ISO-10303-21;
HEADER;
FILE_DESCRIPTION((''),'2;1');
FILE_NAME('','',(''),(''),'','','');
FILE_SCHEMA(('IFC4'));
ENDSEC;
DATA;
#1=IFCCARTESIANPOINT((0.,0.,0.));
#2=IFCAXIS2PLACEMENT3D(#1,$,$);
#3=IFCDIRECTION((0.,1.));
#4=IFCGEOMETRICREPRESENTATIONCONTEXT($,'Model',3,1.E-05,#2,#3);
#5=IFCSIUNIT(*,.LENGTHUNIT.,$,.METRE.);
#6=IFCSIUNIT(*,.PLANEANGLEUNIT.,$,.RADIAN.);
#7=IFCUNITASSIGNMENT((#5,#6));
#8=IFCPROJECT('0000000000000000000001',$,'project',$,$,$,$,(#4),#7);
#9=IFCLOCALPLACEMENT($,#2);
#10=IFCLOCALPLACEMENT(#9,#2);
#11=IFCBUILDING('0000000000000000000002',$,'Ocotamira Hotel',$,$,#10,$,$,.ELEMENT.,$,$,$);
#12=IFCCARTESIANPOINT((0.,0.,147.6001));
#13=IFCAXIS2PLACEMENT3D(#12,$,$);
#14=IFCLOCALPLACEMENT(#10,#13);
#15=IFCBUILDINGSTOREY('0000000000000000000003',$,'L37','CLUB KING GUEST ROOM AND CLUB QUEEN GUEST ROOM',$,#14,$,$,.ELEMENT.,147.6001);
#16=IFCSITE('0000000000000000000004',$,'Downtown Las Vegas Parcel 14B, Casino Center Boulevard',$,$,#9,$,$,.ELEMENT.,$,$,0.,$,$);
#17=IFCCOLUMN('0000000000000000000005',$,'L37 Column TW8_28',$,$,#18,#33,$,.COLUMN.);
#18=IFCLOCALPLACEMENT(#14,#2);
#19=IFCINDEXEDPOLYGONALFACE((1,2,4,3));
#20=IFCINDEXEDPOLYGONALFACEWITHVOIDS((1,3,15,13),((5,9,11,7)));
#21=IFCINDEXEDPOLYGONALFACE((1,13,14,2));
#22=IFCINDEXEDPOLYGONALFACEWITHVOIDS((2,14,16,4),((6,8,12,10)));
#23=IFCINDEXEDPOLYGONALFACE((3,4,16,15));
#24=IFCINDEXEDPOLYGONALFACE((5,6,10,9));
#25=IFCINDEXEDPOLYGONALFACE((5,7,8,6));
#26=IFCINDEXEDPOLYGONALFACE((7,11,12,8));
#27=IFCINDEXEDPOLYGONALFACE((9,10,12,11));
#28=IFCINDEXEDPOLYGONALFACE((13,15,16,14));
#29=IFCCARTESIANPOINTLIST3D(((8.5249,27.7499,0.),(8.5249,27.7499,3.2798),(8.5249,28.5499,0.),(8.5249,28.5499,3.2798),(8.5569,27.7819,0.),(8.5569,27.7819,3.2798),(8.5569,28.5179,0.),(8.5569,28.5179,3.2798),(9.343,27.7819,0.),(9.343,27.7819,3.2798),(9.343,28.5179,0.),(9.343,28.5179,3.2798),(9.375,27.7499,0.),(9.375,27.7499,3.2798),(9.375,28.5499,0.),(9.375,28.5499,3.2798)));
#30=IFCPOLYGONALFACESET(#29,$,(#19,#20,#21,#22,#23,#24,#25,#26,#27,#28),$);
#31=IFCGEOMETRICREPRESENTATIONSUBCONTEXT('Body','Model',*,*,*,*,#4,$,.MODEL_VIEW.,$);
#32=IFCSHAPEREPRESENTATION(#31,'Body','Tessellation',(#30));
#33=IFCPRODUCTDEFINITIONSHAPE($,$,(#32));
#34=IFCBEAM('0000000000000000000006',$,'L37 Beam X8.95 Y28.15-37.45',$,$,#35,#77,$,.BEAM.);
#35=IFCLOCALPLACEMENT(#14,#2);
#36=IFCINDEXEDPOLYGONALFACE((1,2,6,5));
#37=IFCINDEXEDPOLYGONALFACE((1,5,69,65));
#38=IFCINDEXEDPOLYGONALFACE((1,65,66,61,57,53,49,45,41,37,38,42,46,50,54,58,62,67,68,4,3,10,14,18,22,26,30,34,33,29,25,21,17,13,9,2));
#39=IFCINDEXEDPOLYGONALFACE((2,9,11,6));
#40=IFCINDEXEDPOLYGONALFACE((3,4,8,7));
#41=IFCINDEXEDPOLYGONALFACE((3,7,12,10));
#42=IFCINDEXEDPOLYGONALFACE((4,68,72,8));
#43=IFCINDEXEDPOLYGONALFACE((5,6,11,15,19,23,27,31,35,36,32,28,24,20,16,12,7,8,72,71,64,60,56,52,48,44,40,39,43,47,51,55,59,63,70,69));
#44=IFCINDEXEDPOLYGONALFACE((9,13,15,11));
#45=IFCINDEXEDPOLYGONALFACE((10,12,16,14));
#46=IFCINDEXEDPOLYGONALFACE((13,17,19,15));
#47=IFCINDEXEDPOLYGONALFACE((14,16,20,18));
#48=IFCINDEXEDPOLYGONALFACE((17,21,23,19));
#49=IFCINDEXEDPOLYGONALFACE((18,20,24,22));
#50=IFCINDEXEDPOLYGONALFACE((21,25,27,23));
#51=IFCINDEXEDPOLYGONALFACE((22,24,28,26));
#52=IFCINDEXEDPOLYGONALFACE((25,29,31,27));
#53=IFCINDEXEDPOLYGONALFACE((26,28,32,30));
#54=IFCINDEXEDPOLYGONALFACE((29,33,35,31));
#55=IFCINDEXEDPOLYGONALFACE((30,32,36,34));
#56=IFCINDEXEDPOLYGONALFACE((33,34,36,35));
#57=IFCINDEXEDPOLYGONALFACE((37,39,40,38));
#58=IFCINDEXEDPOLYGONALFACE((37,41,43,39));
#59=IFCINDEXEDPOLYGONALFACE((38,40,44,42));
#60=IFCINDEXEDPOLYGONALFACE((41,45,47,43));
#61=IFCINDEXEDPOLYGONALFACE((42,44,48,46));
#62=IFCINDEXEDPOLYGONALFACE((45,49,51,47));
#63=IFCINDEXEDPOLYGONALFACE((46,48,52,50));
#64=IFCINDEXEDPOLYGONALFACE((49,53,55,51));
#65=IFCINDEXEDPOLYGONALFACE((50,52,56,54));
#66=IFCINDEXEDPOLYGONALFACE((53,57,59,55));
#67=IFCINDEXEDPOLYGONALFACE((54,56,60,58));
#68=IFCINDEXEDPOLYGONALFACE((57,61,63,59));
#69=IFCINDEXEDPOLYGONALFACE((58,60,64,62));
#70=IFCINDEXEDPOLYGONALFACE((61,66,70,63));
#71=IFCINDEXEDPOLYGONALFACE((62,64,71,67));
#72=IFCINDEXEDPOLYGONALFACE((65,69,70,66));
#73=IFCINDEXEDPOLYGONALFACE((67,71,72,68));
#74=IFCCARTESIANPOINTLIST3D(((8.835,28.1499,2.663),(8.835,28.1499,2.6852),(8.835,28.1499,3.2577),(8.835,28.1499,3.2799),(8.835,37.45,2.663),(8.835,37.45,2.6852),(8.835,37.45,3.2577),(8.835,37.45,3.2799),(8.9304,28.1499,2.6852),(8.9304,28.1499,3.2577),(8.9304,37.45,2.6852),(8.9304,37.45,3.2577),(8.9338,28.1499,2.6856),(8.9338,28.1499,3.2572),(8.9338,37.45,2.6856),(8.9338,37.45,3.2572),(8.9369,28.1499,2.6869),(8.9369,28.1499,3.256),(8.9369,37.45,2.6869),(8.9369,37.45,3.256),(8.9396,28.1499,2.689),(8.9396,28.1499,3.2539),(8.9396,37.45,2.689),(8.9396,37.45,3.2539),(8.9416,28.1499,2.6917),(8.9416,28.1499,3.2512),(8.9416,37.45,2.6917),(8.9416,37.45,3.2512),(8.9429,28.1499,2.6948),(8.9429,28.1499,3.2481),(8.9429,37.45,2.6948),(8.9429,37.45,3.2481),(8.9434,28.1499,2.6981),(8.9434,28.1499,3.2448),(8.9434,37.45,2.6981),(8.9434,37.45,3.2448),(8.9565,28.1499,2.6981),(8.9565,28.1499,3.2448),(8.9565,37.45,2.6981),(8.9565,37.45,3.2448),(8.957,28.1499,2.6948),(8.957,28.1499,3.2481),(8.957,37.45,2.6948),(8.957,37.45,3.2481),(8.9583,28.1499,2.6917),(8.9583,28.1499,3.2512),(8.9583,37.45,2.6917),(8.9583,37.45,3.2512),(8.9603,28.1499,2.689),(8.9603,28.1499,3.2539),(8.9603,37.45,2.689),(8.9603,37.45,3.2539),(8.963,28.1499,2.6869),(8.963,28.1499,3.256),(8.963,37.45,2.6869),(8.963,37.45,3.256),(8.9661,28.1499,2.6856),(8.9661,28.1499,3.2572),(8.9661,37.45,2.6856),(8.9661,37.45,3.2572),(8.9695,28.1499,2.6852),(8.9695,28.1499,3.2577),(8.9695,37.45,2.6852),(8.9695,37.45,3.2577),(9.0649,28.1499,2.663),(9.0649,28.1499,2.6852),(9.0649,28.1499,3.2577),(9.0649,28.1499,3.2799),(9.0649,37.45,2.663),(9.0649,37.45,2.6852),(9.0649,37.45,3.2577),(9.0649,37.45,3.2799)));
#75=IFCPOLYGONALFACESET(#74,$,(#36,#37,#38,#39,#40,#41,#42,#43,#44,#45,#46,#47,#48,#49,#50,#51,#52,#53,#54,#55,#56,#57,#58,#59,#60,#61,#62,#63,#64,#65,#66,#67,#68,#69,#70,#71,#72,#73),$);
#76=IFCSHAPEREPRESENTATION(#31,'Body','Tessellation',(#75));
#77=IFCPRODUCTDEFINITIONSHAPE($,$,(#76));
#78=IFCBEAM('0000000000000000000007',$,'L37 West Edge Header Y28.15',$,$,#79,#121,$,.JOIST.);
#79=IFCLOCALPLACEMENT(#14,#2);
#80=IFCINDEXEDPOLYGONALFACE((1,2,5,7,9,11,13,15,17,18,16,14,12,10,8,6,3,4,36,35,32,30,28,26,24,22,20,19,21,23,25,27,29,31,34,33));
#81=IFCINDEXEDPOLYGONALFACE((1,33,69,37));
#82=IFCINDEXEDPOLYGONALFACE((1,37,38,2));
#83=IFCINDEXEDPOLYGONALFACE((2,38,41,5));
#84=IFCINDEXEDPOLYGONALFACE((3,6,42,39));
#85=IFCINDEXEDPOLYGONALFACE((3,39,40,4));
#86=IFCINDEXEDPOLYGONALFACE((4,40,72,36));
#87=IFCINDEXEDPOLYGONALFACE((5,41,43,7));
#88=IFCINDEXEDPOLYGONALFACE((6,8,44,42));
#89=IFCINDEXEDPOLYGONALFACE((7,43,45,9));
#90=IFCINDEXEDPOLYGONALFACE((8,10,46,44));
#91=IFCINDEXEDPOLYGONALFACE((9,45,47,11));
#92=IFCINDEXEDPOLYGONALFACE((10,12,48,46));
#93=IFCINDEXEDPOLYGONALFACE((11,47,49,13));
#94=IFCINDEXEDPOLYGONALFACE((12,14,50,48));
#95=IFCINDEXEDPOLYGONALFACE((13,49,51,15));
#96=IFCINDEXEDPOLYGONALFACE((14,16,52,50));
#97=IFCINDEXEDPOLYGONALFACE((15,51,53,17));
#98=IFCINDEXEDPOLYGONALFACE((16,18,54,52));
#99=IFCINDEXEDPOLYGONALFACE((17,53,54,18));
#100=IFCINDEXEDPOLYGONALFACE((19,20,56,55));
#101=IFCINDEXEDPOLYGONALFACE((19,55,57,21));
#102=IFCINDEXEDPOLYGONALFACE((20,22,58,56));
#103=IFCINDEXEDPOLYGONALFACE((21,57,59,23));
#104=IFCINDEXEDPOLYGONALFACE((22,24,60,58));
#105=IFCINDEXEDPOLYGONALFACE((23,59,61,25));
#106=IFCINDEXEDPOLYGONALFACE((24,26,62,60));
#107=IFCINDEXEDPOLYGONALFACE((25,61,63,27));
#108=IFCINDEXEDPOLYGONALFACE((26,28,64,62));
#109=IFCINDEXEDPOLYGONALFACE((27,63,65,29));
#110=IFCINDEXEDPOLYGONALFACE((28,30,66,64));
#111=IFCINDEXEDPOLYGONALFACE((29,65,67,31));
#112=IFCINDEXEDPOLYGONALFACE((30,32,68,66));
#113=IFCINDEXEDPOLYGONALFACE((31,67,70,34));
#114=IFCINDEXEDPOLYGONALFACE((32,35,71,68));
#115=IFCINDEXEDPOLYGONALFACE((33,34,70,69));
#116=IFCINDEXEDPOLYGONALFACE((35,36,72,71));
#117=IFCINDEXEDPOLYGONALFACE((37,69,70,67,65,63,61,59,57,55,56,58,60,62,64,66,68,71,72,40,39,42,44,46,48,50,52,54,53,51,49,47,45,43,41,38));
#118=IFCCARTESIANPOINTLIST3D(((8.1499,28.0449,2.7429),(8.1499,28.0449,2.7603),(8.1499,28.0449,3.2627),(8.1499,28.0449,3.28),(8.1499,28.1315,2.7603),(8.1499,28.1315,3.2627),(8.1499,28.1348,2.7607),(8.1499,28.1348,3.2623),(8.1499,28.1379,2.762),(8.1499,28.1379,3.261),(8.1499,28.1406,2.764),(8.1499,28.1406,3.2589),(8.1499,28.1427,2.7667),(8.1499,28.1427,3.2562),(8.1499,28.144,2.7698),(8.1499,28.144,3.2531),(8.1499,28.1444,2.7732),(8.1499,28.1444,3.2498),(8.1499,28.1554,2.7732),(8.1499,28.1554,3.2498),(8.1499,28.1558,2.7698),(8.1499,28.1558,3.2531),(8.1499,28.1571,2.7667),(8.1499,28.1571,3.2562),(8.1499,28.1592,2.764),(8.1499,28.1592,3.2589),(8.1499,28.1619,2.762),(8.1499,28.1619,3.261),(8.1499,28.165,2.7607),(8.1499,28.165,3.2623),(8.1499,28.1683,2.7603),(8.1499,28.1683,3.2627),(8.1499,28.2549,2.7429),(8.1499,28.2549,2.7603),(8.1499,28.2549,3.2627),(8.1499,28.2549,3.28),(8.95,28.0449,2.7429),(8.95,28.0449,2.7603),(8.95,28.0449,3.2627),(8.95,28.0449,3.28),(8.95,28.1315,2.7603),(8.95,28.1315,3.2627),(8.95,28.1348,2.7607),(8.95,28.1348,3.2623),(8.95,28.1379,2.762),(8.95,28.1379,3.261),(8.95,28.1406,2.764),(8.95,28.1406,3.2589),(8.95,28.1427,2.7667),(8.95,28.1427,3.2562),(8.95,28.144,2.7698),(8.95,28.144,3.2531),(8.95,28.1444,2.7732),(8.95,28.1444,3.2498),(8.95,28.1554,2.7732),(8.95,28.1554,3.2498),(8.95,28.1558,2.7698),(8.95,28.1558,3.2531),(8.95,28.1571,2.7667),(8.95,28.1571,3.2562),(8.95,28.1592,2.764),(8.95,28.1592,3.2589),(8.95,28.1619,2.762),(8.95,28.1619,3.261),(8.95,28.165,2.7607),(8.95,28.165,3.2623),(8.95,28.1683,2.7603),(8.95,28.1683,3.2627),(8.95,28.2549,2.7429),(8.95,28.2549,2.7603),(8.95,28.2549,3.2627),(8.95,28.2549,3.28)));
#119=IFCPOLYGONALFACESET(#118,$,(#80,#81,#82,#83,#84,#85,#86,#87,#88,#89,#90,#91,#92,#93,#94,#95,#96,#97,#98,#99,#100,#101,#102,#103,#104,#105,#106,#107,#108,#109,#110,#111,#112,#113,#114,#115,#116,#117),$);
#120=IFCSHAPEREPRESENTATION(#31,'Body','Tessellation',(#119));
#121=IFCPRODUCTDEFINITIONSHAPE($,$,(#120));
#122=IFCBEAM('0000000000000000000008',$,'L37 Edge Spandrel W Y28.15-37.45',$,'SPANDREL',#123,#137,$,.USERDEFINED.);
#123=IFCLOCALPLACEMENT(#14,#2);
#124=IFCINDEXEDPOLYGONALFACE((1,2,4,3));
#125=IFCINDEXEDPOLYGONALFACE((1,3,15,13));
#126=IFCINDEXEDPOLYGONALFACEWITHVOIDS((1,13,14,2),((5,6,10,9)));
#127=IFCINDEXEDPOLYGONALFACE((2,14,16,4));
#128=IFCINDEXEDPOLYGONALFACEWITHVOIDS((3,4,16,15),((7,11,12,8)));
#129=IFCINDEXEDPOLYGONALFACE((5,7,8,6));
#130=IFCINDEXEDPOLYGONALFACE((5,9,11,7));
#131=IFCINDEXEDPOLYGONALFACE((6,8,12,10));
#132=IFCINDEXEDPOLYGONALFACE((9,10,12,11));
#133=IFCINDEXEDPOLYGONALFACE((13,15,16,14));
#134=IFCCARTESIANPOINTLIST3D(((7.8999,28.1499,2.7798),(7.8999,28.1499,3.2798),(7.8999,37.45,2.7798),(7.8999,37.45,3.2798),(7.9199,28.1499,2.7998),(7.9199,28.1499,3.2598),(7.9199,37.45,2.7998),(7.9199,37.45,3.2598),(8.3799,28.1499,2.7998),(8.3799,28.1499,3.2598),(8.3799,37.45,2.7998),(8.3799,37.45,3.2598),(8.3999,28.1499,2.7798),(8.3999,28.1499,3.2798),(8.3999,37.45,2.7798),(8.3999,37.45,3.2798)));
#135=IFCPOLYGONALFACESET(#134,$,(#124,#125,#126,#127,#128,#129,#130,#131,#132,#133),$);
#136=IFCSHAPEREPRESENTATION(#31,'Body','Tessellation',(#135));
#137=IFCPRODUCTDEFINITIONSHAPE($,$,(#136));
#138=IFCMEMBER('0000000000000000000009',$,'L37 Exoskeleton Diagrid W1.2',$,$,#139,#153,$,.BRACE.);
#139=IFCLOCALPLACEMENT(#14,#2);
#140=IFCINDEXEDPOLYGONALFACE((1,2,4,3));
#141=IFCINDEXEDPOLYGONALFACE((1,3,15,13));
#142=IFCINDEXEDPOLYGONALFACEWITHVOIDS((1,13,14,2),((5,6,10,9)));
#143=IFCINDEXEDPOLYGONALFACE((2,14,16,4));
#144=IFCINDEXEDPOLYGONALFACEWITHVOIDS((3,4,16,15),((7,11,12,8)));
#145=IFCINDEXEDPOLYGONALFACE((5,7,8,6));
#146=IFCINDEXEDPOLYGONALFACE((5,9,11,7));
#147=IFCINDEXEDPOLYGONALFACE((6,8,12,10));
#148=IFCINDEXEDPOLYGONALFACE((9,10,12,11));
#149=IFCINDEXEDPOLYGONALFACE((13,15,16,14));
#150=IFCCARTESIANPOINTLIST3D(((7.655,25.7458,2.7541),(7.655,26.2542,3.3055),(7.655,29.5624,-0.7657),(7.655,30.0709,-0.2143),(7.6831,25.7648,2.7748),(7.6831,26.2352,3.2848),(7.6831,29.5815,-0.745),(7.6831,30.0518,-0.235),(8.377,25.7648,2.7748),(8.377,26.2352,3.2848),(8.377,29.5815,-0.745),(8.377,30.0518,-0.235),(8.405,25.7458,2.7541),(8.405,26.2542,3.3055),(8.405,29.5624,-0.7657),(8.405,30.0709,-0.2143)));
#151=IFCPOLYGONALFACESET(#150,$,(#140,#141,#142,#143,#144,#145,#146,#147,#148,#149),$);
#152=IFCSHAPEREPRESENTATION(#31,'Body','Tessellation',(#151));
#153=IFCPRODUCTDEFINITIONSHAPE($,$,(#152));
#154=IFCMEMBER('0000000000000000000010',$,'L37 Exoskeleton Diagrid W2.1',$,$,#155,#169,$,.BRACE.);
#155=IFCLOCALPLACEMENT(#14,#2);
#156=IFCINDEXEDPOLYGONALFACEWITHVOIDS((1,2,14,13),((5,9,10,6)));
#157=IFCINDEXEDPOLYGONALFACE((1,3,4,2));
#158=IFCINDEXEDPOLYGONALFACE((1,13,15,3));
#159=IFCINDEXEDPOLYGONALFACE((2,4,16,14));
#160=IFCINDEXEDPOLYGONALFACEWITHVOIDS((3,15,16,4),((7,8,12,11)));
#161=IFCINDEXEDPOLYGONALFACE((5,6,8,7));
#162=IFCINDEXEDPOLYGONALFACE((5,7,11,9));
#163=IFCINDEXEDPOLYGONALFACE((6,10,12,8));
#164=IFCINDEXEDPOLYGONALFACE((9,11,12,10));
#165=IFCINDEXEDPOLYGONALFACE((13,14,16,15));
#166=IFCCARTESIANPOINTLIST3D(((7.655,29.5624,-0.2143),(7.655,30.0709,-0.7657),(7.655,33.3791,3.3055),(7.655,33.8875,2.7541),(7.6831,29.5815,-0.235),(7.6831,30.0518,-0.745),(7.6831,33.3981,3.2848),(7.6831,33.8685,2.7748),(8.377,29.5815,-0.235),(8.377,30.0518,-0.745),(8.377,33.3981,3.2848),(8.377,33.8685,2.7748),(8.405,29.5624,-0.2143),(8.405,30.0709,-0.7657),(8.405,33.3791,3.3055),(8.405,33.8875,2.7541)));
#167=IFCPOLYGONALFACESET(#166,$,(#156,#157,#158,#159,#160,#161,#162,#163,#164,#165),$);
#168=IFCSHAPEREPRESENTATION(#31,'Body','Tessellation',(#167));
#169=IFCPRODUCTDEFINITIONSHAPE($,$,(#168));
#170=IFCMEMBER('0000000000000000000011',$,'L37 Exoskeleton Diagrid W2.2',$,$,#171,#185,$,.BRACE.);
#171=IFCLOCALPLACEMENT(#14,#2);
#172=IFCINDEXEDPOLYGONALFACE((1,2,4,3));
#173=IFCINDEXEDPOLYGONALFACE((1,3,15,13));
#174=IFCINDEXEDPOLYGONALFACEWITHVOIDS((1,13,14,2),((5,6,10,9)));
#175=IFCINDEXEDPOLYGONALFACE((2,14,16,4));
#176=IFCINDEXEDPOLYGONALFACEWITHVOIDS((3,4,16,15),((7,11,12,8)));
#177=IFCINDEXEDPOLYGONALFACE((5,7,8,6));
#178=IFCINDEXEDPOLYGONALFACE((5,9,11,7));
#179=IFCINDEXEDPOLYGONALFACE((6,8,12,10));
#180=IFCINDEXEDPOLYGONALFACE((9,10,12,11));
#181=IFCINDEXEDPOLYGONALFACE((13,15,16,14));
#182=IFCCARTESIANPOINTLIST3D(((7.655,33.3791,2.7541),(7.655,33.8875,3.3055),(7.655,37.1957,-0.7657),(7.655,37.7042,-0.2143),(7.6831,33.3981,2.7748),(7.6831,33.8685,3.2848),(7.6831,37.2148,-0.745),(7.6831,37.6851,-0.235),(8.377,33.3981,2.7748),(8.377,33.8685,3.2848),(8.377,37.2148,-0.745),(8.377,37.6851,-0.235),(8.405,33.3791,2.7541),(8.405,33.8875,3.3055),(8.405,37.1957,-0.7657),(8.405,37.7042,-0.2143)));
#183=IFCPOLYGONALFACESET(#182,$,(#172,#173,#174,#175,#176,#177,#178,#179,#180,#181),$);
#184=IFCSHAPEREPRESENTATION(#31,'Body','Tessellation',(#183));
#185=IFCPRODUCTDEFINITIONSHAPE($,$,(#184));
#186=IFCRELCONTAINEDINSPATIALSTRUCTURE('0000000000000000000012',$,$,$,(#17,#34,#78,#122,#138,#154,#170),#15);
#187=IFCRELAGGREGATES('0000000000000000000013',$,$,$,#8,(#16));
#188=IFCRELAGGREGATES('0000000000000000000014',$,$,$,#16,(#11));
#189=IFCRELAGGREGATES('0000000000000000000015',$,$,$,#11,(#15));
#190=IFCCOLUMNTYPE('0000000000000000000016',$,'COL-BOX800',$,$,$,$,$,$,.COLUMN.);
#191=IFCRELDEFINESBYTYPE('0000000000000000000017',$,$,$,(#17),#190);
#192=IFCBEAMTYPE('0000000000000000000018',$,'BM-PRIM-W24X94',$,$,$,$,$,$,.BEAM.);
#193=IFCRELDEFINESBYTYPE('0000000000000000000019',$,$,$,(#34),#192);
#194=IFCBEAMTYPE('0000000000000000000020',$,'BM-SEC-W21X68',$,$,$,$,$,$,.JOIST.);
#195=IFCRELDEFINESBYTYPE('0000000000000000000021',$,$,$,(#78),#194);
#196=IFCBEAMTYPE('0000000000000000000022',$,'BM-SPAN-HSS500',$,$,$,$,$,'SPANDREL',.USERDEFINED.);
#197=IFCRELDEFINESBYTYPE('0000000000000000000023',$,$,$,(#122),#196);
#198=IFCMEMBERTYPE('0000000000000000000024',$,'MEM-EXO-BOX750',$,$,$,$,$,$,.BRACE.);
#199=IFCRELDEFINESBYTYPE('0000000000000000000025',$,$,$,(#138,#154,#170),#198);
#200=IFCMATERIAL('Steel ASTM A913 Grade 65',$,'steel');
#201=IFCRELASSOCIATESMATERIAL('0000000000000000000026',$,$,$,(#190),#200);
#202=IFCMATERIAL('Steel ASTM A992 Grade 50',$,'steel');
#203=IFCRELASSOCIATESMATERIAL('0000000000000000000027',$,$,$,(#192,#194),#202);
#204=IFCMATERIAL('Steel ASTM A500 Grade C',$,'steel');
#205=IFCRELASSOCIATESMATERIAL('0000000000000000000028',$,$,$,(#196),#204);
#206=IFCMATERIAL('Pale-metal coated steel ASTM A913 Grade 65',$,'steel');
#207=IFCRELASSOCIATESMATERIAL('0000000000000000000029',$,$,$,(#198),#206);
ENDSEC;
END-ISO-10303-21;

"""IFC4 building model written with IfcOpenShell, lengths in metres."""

from ifc_helpers import new_model, si_unit, direction, frame, origin, origin_2d, place, context, subcontext, project, spatial, hollow_rectangle, i_section, extrude, source, transform, mapped, material, material_profile, profile_set, type_object, element, save


model = new_model("IFC4")

# Units and contexts
model_context = context("Model", 3, precision=1e-05, world=origin(), true_north=direction((0.0, 1.0)))
body_context = subcontext(model_context, "Body", "Model", "MODEL_VIEW")
ifc_project = project(units=[si_unit("LENGTHUNIT", "METRE"), si_unit("PLANEANGLEUNIT", "RADIAN")], contexts=[model_context])

# Site, building, storey
site_placement = place(None, origin())
site = spatial("IfcSite", under=ifc_project, at=site_placement, Name="Downtown Las Vegas Parcel 14B, Casino Center Boulevard", CompositionType="ELEMENT", RefElevation=0.0)
building_placement = place(site_placement, origin())
building = spatial("IfcBuilding", under=site, at=building_placement, Name="Ocotamira Hotel", CompositionType="ELEMENT")
storey_placement = place(building_placement, frame((0.0, 0.0, 147.6001)))
storey = spatial("IfcBuildingStorey", under=building, at=storey_placement, Name="L37", Description="CLUB KING GUEST ROOM AND CLUB QUEEN GUEST ROOM", CompositionType="ELEMENT", Elevation=147.6001)

# Column
ifc_material_1 = material(Name="Steel ASTM A913 Grade 65", Category="steel")
ifc_material_profile_1 = material_profile(ifc_material_1, hollow_rectangle(XDim=0.8501, YDim=0.8, WallThickness=0.032, at=origin_2d()), Name="BOX800X850X32")
ifc_profile_set_1 = profile_set([ifc_material_profile_1], Name="Steel ASTM A913 Grade 65")
column_type = type_object("IfcColumnType", Name="COL-BOX800", PredefinedType="COLUMN", material=ifc_profile_set_1)
shared_shape_1 = source(origin(), body_context, "Body", "SweptSolid", [
    extrude(hollow_rectangle(XDim=0.8501, YDim=0.8, WallThickness=0.032, at=origin_2d()), origin(), (0.0, 0.0, 1.0), 3.2798),
])
column_placement = place(storey_placement, frame((8.95, 28.1499, 0.0), z_axis=(0.0, 0.0, 1.0), x_axis=(1.0, 0.0, 0.0)))
element("IfcColumn", 1, at=column_placement, inside=storey, type_object=column_type, Name="L37 Column TW8_28", PredefinedType="COLUMN", context=body_context, shape_type="MappedRepresentation", body=[
    mapped(shared_shape_1, transform((0.0, 0.0, 0.0), scale=1.0)),
])

# Beams
ifc_material_2 = material(Name="Steel ASTM A992 Grade 50", Category="steel")
ifc_material_profile_2 = material_profile(ifc_material_2, i_section(OverallWidth=0.23, OverallDepth=0.6169, WebThickness=0.0132, FlangeThickness=0.0222, FilletRadius=0.0129, at=origin_2d()), Name="W24X94")
ifc_profile_set_2 = profile_set([ifc_material_profile_2], Name="Steel ASTM A992 Grade 50")
beam_type_1 = type_object("IfcBeamType", Name="BM-PRIM-W24X94", PredefinedType="BEAM", material=ifc_profile_set_2)
shared_shape_2 = source(origin(), body_context, "Body", "SweptSolid", [
    extrude(i_section(OverallWidth=0.23, OverallDepth=0.6169, WebThickness=0.0132, FlangeThickness=0.0222, FilletRadius=0.0129, at=origin_2d()), origin(), (0.0, 0.0, 1.0), 9.3),
])
beam_1_placement = place(storey_placement, frame((8.95, 28.1499, 2.9714), z_axis=(0.0, 1.0, 0.0), x_axis=(-1.0, 0.0, 0.0)))
element("IfcBeam", 2, at=beam_1_placement, inside=storey, type_object=beam_type_1, Name="L37 Beam X8.95 Y28.15-37.45", PredefinedType="BEAM", context=body_context, shape_type="MappedRepresentation", body=[
    mapped(shared_shape_2, transform((0.0, 0.0, 0.0), scale=1.0)),
])
ifc_material_profile_3 = material_profile(ifc_material_2, i_section(OverallWidth=0.21, OverallDepth=0.5371, WebThickness=0.011, FlangeThickness=0.0173, FilletRadius=0.0129, at=origin_2d()), Name="W21X68")
ifc_profile_set_3 = profile_set([ifc_material_profile_3], Name="Steel ASTM A992 Grade 50")
beam_type_2 = type_object("IfcBeamType", Name="BM-SEC-W21X68", PredefinedType="JOIST", material=ifc_profile_set_3)
shared_shape_3 = source(origin(), body_context, "Body", "SweptSolid", [
    extrude(i_section(OverallWidth=0.21, OverallDepth=0.5371, WebThickness=0.011, FlangeThickness=0.0173, FilletRadius=0.0129, at=origin_2d()), origin(), (0.0, 0.0, 1.0), 0.8),
])
beam_2_placement = place(storey_placement, frame((8.95, 28.1499, 3.0115), z_axis=(-1.0, 0.0, 0.0), x_axis=(0.0, -1.0, 0.0)))
element("IfcBeam", 3, at=beam_2_placement, inside=storey, type_object=beam_type_2, Name="L37 West Edge Header Y28.15", PredefinedType="JOIST", context=body_context, shape_type="MappedRepresentation", body=[
    mapped(shared_shape_3, transform((0.0, 0.0, 0.0), scale=1.0)),
])
ifc_material_3 = material(Name="Steel ASTM A500 Grade C", Category="steel")
ifc_material_profile_4 = material_profile(ifc_material_3, hollow_rectangle(XDim=0.5, YDim=0.5, WallThickness=0.02, at=origin_2d()), Name="HSS500X500X20")
ifc_profile_set_4 = profile_set([ifc_material_profile_4], Name="Steel ASTM A500 Grade C")
beam_type_3 = type_object("IfcBeamType", Name="BM-SPAN-HSS500", ElementType="SPANDREL", PredefinedType="USERDEFINED", material=ifc_profile_set_4)
shared_shape_4 = source(origin(), body_context, "Body", "SweptSolid", [
    extrude(hollow_rectangle(XDim=0.5, YDim=0.5, WallThickness=0.02, at=origin_2d()), origin(), (0.0, 0.0, 1.0), 9.3),
])
beam_3_placement = place(storey_placement, frame((8.1499, 28.1499, 3.0298), z_axis=(0.0, 1.0, 0.0), x_axis=(-1.0, 0.0, 0.0)))
element("IfcBeam", 4, at=beam_3_placement, inside=storey, type_object=beam_type_3, Name="L37 Edge Spandrel W Y28.15-37.45", ObjectType="SPANDREL", PredefinedType="USERDEFINED", context=body_context, shape_type="MappedRepresentation", body=[
    mapped(shared_shape_4, transform((0.0, 0.0, 0.0), scale=1.0)),
])

# Members
ifc_material_4 = material(Name="Pale-metal coated steel ASTM A913 Grade 65", Category="steel")
ifc_material_profile_5 = material_profile(ifc_material_4, hollow_rectangle(XDim=0.75, YDim=0.75, WallThickness=0.0281, at=origin_2d()), Name="BOX750X750X28")
ifc_profile_set_5 = profile_set([ifc_material_profile_5], Name="Pale-metal coated steel ASTM A913 Grade 65")
member_type_1 = type_object("IfcMemberType", Name="MEM-EXO-BOX750", PredefinedType="BRACE", material=ifc_profile_set_5)
shared_shape_5 = source(origin(), body_context, "Body", "SweptSolid", [
    extrude(hollow_rectangle(XDim=0.75, YDim=0.75, WallThickness=0.0281, at=origin_2d()), origin(), (0.0, 0.0, 1.0), 5.1919),
])
for number, where, z_axis, x_axis, name in (
    (5, (8.03, 29.8167, -0.49), (0.0, -0.735119, 0.677938), (1.0, 0.0, 0.0), "L37 Exoskeleton Diagrid W1.2"),
    (6, (8.03, 29.8167, -0.49), (0.0, 0.735119, 0.677938), (-1.0, 0.0, 0.0), "L37 Exoskeleton Diagrid W2.1"),
    (7, (8.03, 37.45, -0.49), (0.0, -0.735119, 0.677938), (1.0, 0.0, 0.0), "L37 Exoskeleton Diagrid W2.2"),
):
    element("IfcMember", number, at=place(storey_placement, frame(where, z_axis=z_axis, x_axis=x_axis)), inside=storey, type_object=member_type_1, Name=name, PredefinedType="BRACE", context=body_context, shape_type="MappedRepresentation", body=[
        mapped(shared_shape_5, transform((0.0, 0.0, 0.0), scale=1.0)),
    ])

save(model, "model.ifc")
